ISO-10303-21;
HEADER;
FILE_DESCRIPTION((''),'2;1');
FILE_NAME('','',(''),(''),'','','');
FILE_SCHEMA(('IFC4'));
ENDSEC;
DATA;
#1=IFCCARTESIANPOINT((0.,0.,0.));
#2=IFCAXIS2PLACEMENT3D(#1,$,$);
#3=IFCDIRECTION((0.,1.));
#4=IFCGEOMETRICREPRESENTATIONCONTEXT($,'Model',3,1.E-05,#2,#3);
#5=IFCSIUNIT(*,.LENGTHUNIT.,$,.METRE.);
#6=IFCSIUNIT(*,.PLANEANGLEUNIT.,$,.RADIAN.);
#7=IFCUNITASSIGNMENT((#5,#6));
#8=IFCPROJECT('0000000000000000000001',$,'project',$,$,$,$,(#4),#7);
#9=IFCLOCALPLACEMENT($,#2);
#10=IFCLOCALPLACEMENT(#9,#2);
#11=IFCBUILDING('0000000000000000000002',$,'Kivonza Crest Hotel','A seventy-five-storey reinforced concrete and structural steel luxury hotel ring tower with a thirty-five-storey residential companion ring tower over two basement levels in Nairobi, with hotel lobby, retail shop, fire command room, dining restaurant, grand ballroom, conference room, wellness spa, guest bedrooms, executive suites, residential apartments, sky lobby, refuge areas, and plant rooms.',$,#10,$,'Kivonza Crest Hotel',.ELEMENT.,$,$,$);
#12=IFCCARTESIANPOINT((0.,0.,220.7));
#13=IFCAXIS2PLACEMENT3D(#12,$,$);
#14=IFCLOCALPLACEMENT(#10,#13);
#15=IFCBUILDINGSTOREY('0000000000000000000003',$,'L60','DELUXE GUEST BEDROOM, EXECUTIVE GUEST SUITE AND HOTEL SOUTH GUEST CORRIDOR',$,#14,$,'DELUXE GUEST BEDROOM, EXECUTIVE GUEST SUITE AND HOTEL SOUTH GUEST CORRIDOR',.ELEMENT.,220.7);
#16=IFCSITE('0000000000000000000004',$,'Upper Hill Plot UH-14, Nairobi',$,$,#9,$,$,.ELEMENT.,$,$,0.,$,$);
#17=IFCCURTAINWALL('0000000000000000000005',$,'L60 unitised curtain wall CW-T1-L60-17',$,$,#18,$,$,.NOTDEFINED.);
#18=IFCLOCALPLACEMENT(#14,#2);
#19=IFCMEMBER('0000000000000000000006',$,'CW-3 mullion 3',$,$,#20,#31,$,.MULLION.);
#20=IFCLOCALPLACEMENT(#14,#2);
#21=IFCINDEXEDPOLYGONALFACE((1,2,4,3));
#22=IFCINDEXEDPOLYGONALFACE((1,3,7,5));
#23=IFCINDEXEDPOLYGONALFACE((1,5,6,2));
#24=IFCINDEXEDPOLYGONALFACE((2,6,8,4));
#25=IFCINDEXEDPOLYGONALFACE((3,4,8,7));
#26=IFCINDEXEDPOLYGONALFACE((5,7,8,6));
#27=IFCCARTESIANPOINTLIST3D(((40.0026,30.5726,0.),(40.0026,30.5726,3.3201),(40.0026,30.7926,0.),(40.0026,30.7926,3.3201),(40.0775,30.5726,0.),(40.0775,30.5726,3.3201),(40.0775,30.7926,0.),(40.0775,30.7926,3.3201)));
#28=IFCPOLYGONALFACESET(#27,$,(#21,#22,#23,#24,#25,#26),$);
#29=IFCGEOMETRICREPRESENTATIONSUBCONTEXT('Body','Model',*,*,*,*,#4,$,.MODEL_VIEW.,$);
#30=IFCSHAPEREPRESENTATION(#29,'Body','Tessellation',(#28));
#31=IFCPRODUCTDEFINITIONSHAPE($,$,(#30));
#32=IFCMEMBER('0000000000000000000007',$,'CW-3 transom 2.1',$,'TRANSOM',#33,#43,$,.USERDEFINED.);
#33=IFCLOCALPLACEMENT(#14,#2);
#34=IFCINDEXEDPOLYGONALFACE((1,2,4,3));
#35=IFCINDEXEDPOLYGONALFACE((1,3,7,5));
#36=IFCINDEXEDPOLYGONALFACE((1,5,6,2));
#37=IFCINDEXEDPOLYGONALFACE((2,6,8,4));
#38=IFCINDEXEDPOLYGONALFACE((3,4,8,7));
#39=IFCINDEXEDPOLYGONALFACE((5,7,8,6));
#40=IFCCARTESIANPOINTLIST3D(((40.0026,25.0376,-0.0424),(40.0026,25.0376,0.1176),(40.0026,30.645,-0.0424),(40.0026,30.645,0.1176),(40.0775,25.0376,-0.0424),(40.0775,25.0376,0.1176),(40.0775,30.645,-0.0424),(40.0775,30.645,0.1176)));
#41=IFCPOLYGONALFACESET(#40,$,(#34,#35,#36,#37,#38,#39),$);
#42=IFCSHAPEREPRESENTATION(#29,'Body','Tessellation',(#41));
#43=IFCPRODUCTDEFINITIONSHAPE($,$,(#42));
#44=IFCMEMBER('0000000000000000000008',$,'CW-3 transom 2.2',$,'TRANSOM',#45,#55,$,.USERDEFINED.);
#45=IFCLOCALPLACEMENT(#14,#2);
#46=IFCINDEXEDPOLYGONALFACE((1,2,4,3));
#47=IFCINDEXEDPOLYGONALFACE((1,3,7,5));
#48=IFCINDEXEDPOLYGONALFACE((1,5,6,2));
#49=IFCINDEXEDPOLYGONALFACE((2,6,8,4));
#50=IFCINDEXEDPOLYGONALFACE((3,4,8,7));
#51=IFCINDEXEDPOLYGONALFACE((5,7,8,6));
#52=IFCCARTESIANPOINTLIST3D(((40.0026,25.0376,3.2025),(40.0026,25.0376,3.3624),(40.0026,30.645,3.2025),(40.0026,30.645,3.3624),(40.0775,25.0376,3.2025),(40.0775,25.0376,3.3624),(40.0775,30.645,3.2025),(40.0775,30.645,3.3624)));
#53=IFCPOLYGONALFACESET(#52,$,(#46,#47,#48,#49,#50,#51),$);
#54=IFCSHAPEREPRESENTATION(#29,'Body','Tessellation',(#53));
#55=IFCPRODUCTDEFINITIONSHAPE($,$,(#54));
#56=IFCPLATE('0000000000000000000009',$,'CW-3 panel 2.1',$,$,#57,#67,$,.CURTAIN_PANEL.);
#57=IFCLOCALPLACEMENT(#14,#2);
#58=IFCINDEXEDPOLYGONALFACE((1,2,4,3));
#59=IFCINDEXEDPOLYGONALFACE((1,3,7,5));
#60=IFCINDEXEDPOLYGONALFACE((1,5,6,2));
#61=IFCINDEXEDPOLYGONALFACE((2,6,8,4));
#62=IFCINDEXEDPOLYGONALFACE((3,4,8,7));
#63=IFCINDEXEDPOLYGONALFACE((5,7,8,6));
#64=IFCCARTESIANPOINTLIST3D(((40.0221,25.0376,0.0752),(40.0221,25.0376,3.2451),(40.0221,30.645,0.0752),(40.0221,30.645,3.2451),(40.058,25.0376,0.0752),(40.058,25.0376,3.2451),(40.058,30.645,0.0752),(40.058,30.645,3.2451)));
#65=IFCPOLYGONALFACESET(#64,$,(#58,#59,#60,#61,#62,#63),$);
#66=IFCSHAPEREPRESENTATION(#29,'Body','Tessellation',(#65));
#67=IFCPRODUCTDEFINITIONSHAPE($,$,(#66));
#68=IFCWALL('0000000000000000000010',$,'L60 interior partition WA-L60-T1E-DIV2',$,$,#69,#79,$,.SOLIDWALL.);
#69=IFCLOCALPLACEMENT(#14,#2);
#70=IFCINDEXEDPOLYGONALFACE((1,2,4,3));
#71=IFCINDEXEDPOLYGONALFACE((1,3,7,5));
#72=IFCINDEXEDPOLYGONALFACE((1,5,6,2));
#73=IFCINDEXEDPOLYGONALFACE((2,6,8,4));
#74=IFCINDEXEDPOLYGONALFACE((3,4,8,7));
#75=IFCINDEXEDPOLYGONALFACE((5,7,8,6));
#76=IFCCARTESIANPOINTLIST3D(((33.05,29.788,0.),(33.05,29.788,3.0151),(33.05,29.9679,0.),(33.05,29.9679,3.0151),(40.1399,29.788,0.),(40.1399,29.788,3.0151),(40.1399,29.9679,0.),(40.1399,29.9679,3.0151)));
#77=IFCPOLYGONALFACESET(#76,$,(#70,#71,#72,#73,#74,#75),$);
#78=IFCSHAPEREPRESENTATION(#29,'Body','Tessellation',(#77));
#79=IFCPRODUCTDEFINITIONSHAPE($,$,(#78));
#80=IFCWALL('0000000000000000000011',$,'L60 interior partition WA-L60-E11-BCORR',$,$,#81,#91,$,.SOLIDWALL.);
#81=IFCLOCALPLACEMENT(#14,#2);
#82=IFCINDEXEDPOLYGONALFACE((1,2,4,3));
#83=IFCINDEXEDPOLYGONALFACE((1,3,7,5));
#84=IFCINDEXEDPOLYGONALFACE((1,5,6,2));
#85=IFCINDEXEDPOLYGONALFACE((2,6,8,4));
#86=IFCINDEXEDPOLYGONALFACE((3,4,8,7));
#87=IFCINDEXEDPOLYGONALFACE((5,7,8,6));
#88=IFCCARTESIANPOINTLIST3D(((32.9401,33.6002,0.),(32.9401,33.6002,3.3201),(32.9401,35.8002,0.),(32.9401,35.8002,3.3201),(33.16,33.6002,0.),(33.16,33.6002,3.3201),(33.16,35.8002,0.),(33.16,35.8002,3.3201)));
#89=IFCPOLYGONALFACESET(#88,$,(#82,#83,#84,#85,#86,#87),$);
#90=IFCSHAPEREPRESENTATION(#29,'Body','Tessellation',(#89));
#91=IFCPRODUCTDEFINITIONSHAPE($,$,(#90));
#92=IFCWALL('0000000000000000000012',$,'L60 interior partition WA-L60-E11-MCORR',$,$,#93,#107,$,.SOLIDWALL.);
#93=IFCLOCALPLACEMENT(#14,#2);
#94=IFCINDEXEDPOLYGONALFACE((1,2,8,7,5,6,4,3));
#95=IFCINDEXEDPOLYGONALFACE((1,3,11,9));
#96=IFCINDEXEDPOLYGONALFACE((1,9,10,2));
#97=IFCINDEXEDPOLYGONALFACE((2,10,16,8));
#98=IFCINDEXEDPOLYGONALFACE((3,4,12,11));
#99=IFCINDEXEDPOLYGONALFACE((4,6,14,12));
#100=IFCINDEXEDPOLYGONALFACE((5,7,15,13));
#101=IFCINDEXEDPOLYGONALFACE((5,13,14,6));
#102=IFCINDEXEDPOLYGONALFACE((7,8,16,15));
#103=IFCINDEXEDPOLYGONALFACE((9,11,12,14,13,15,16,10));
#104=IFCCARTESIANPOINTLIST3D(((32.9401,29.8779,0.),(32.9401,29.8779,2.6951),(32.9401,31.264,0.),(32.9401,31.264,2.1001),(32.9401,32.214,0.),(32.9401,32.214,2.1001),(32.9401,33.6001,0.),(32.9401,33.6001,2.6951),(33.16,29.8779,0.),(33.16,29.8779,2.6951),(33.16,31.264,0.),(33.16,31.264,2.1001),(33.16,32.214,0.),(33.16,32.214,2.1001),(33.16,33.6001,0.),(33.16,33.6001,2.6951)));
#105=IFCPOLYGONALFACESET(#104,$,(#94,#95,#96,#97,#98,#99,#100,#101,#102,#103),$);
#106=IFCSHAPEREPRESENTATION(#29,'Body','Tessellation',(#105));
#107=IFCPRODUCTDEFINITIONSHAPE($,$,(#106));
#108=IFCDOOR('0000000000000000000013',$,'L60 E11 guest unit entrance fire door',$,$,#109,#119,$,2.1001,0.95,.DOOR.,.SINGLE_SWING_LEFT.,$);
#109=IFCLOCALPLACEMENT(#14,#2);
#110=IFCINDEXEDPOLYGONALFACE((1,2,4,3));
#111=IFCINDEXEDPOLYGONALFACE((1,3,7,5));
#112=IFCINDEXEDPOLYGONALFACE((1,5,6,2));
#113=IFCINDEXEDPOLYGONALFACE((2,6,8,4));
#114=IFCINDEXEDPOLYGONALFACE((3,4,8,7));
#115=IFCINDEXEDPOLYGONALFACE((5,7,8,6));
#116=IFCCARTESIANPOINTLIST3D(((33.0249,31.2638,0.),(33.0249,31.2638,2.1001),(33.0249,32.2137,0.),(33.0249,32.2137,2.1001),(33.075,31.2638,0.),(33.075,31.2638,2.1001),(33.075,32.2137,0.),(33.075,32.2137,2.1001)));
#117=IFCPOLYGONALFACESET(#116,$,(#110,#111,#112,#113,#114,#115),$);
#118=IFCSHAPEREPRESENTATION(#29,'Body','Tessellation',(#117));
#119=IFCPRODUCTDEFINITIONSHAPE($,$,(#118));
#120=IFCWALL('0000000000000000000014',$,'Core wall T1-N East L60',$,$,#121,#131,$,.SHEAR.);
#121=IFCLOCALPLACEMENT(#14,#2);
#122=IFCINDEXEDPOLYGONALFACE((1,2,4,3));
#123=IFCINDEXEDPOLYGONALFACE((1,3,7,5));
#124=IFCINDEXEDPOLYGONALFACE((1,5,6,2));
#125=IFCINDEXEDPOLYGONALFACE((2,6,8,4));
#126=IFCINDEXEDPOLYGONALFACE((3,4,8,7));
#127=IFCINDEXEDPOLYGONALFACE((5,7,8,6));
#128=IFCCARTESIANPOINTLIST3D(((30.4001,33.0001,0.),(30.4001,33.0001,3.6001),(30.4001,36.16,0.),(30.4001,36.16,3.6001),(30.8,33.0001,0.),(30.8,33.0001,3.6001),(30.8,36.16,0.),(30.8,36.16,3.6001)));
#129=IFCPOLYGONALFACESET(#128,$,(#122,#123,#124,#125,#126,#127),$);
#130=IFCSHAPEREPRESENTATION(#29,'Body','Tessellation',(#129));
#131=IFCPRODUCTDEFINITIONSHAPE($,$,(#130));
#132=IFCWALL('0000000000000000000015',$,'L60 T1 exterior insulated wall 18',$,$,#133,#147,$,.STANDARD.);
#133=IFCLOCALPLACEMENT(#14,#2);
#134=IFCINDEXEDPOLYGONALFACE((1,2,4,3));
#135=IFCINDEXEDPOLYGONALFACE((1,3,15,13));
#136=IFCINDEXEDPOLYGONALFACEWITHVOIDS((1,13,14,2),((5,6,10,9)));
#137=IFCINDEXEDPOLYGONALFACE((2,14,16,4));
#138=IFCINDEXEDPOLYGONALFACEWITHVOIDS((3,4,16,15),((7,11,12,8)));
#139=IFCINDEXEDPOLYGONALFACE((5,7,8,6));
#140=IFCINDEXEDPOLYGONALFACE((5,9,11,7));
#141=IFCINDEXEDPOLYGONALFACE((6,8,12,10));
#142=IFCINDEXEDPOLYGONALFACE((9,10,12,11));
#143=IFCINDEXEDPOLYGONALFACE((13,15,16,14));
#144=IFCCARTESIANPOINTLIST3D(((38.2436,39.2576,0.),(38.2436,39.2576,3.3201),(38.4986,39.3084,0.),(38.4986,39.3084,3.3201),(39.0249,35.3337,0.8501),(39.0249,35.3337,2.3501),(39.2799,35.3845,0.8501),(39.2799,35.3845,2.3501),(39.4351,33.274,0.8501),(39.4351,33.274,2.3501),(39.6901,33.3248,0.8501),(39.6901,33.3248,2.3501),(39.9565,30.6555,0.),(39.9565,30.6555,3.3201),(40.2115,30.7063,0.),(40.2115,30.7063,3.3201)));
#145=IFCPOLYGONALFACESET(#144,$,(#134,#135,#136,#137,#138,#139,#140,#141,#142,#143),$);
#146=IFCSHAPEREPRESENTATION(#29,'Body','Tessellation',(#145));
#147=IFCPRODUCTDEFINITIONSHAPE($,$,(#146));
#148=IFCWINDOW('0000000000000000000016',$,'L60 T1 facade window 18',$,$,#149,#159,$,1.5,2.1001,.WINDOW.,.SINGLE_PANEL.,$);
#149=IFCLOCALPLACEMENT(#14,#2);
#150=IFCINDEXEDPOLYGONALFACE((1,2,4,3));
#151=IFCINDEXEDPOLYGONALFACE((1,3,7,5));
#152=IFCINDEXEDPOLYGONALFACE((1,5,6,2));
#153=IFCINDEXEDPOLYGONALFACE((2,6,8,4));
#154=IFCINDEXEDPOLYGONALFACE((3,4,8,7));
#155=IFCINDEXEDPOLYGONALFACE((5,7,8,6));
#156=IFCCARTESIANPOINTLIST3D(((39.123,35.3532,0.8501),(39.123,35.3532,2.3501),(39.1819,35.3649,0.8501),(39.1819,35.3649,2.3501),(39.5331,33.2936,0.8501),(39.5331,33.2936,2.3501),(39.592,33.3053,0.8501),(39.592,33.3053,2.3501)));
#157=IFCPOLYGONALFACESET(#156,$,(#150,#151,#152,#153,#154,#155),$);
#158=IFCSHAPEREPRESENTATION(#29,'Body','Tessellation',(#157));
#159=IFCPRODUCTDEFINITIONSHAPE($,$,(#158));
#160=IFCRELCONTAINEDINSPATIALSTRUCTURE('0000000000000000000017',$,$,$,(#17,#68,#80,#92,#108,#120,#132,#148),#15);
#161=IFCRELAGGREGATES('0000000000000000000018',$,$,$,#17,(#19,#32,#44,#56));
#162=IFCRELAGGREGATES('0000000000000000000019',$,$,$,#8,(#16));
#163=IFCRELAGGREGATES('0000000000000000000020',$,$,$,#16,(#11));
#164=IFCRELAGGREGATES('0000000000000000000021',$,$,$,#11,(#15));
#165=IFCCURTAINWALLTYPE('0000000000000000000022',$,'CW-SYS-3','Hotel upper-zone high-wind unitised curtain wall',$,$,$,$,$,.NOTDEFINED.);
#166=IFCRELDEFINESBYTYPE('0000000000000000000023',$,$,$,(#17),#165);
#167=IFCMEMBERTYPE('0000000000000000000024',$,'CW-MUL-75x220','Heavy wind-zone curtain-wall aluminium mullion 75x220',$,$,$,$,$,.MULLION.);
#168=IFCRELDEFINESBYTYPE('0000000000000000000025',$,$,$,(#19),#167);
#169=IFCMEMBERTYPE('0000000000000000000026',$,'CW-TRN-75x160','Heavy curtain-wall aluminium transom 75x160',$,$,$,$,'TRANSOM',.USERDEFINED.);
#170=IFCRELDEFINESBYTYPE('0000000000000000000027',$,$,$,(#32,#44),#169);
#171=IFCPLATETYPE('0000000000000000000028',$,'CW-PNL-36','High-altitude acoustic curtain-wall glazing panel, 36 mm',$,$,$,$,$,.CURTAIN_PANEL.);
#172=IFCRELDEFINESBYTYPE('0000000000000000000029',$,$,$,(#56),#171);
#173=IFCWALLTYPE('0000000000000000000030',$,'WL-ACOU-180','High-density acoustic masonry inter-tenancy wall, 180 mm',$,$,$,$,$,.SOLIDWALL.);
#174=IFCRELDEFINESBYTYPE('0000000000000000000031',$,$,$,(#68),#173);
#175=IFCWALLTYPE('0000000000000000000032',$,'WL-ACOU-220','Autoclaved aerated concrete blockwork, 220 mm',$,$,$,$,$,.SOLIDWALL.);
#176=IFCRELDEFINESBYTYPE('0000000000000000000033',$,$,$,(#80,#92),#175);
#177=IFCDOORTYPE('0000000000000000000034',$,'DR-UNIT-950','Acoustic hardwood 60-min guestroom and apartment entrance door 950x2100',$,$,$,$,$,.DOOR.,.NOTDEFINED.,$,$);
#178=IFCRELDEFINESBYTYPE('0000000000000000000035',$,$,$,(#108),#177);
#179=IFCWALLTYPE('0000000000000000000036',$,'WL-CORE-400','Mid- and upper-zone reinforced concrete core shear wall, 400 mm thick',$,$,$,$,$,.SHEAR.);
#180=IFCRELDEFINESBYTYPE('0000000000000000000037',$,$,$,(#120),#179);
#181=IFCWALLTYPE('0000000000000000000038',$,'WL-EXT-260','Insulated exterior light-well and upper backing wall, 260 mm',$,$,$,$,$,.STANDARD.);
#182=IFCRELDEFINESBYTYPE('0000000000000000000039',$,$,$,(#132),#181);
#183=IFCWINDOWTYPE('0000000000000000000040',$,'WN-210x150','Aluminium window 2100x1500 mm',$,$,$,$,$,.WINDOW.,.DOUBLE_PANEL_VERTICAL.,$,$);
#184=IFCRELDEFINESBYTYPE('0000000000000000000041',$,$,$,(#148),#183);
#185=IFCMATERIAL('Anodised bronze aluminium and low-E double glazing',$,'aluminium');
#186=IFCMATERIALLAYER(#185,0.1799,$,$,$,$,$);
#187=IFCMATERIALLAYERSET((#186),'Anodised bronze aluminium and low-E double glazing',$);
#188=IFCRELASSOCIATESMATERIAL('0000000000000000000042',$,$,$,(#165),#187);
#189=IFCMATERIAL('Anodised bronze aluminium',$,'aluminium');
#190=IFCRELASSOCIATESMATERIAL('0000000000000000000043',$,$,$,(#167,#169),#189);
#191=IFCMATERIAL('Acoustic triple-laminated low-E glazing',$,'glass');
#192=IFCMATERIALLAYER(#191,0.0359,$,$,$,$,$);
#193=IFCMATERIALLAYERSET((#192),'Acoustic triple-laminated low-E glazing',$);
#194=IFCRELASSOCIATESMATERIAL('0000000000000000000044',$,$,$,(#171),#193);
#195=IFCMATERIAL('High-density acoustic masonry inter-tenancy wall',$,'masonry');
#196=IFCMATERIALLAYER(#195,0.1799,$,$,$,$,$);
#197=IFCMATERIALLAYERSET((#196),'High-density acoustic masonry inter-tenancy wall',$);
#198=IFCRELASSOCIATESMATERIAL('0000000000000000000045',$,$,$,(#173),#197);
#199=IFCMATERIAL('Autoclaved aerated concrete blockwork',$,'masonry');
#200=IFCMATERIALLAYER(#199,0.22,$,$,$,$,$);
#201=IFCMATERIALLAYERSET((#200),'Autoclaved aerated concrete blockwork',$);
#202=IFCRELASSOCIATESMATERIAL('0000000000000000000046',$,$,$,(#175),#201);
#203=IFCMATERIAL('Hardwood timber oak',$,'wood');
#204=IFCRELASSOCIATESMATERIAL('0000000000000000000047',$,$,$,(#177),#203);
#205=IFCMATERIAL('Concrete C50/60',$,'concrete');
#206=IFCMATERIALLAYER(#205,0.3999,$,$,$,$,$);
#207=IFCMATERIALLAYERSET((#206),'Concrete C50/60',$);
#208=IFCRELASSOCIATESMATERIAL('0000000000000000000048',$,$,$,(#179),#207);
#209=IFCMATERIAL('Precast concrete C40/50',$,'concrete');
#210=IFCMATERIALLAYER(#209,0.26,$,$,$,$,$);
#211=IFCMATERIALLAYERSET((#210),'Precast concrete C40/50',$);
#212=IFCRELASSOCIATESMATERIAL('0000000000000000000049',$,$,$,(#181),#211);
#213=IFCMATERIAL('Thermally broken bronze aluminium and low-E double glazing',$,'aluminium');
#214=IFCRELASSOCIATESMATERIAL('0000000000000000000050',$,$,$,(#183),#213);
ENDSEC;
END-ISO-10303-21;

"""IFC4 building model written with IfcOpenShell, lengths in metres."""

from ifc_helpers import new_model, si_unit, direction, frame, frame_2d, origin, origin_2d, place, context, subcontext, project, spatial, rectangle, extrude, material, layer, layer_set, material_profile, profile_set, type_object, element, fill, aggregate, save


model = new_model("IFC4")

# Units and contexts
model_context = context("Model", 3, precision=1e-05, world=origin(), true_north=direction((0.0, 1.0)))
body_context = subcontext(model_context, "Body", "Model", "MODEL_VIEW")
ifc_project = project(units=[si_unit("LENGTHUNIT", "METRE"), si_unit("PLANEANGLEUNIT", "RADIAN")], contexts=[model_context])

# Site, building, storey
site_placement = place(None, origin())
site = spatial("IfcSite", under=ifc_project, at=site_placement, Name="Upper Hill Plot UH-14, Nairobi", CompositionType="ELEMENT", RefElevation=0.0)
building_placement = place(site_placement, origin())
building = spatial("IfcBuilding", under=site, at=building_placement, Name="Kivonza Crest Hotel", Description="A seventy-five-storey reinforced concrete and structural steel luxury hotel ring tower with a thirty-five-storey residential companion ring tower over two basement levels in Nairobi, with hotel lobby, retail shop, fire command room, dining restaurant, grand ballroom, conference room, wellness spa, guest bedrooms, executive suites, residential apartments, sky lobby, refuge areas, and plant rooms.", LongName="Kivonza Crest Hotel", CompositionType="ELEMENT")
storey_placement = place(building_placement, frame((0.0, 0.0, 220.7)))
storey = spatial("IfcBuildingStorey", under=building, at=storey_placement, Name="L60", Description="DELUXE GUEST BEDROOM, EXECUTIVE GUEST SUITE AND HOTEL SOUTH GUEST CORRIDOR", LongName="DELUXE GUEST BEDROOM, EXECUTIVE GUEST SUITE AND HOTEL SOUTH GUEST CORRIDOR", CompositionType="ELEMENT", Elevation=220.7)

# Shared definitions
ifc_material_1 = material(Name="Concrete C50/60", Category="concrete")

# Curtain wall, members, plate
ifc_material_2 = material(Name="Anodised bronze aluminium and low-E double glazing", Category="aluminium")
ifc_layer_1 = layer(ifc_material_2, 0.1799)
ifc_layer_set_1 = layer_set([ifc_layer_1], Name="Anodised bronze aluminium and low-E double glazing")
curtain_wall_type = type_object("IfcCurtainWallType", Name="CW-SYS-3", Description="Hotel upper-zone high-wind unitised curtain wall", PredefinedType="NOTDEFINED", material=ifc_layer_set_1)
curtain_wall_placement = place(storey_placement, origin())
curtain_wall = element("IfcCurtainWall", 1, at=curtain_wall_placement, inside=storey, type_object=curtain_wall_type, Name="L60 unitised curtain wall CW-T1-L60-17", PredefinedType="NOTDEFINED")
ifc_material_3 = material(Name="Anodised bronze aluminium", Category="aluminium")
ifc_material_profile_1 = material_profile(ifc_material_3, rectangle(XDim=0.075, YDim=0.22, at=origin_2d()), Name="CW-M 75x220")
ifc_profile_set_1 = profile_set([ifc_material_profile_1], Name="Anodised bronze aluminium")
member_type_1 = type_object("IfcMemberType", Name="CW-MUL-75x220", Description="Heavy wind-zone curtain-wall aluminium mullion 75x220", PredefinedType="MULLION", material=ifc_profile_set_1)
member_1_placement = place(storey_placement, frame((40.04, 30.6826, 0.0), z_axis=(0.0, 0.0, 1.0), x_axis=(-1.0, 0.0, 0.0)))
member_1 = element("IfcMember", 2, at=member_1_placement, type_object=member_type_1, Name="CW-3 mullion 3", PredefinedType="MULLION", context=body_context, shape_type="SweptSolid", body=[
    extrude(rectangle(XDim=0.075, YDim=0.22, at=origin_2d()), origin(), (0.0, 0.0, 1.0), 3.3201),
])
ifc_material_profile_2 = material_profile(ifc_material_3, rectangle(XDim=0.075, YDim=0.1599, at=origin_2d()), Name="CW-T 75x160")
ifc_profile_set_2 = profile_set([ifc_material_profile_2], Name="Anodised bronze aluminium")
member_type_2 = type_object("IfcMemberType", Name="CW-TRN-75x160", Description="Heavy curtain-wall aluminium transom 75x160", ElementType="TRANSOM", PredefinedType="USERDEFINED", material=ifc_profile_set_2)
member_2_placement = place(storey_placement, frame((40.04, 25.0376, 0.0376), z_axis=(0.0, 1.0, 0.0), x_axis=(-1.0, 0.0, 0.0)))
member_2 = element("IfcMember", 3, at=member_2_placement, type_object=member_type_2, Name="CW-3 transom 2.1", ObjectType="TRANSOM", PredefinedType="USERDEFINED", context=body_context, shape_type="SweptSolid", body=[
    extrude(rectangle(XDim=0.075, YDim=0.1599, at=origin_2d()), origin(), (0.0, 0.0, 1.0), 5.6074),
])
member_3_placement = place(storey_placement, frame((40.04, 25.0376, 3.2825), z_axis=(0.0, 1.0, 0.0), x_axis=(-1.0, 0.0, 0.0)))
member_3 = element("IfcMember", 4, at=member_3_placement, type_object=member_type_2, Name="CW-3 transom 2.2", ObjectType="TRANSOM", PredefinedType="USERDEFINED", context=body_context, shape_type="SweptSolid", body=[
    extrude(rectangle(XDim=0.075, YDim=0.1599, at=origin_2d()), origin(), (0.0, 0.0, 1.0), 5.6074),
])
ifc_material_4 = material(Name="Acoustic triple-laminated low-E glazing", Category="glass")
ifc_layer_2 = layer(ifc_material_4, 0.0359)
ifc_layer_set_2 = layer_set([ifc_layer_2], Name="Acoustic triple-laminated low-E glazing")
plate_type = type_object("IfcPlateType", Name="CW-PNL-36", Description="High-altitude acoustic curtain-wall glazing panel, 36 mm", PredefinedType="CURTAIN_PANEL", material=ifc_layer_set_2)
plate_placement = place(storey_placement, frame((40.04, 27.8413, 0.0752), z_axis=(0.0, 0.0, 1.0), x_axis=(0.0, 1.0, 0.0)))
plate = element("IfcPlate", 5, at=plate_placement, type_object=plate_type, Name="CW-3 panel 2.1", PredefinedType="CURTAIN_PANEL", context=body_context, shape_type="SweptSolid", body=[
    extrude(rectangle(XDim=5.6074, YDim=0.0359, at=origin_2d()), origin(), (0.0, 0.0, 1.0), 3.1699),
])
aggregate(curtain_wall, [member_1, member_2, member_3, plate])

# Walls
ifc_material_5 = material(Name="High-density acoustic masonry inter-tenancy wall", Category="masonry")
ifc_layer_3 = layer(ifc_material_5, 0.1799)
ifc_layer_set_3 = layer_set([ifc_layer_3], Name="High-density acoustic masonry inter-tenancy wall")
wall_type_1 = type_object("IfcWallType", Name="WL-ACOU-180", Description="High-density acoustic masonry inter-tenancy wall, 180 mm", PredefinedType="SOLIDWALL", material=ifc_layer_set_3)
wall_1_placement = place(storey_placement, frame((33.05, 29.8779, 0.0), z_axis=(0.0, 0.0, 1.0), x_axis=(1.0, 0.0, 0.0)))
element("IfcWall", 6, at=wall_1_placement, inside=storey, type_object=wall_type_1, Name="L60 interior partition WA-L60-T1E-DIV2", PredefinedType="SOLIDWALL", context=body_context, shape_type="SweptSolid", body=[
    extrude(rectangle(XDim=7.0898, YDim=0.1799, at=frame_2d((3.5449, 0.0))), origin(), (0.0, 0.0, 1.0), 3.0151),
])
ifc_material_6 = material(Name="Autoclaved aerated concrete blockwork", Category="masonry")
ifc_layer_4 = layer(ifc_material_6, 0.22)
ifc_layer_set_4 = layer_set([ifc_layer_4], Name="Autoclaved aerated concrete blockwork")
wall_type_2 = type_object("IfcWallType", Name="WL-ACOU-220", Description="Autoclaved aerated concrete blockwork, 220 mm", PredefinedType="SOLIDWALL", material=ifc_layer_set_4)
wall_2_placement = place(storey_placement, frame((33.05, 33.6001, 0.0), z_axis=(0.0, 0.0, 1.0), x_axis=(0.0, 1.0, 0.0)))
element("IfcWall", 7, at=wall_2_placement, inside=storey, type_object=wall_type_2, Name="L60 interior partition WA-L60-E11-BCORR", PredefinedType="SOLIDWALL", context=body_context, shape_type="SweptSolid", body=[
    extrude(rectangle(XDim=2.2, YDim=0.22, at=frame_2d((1.1001, 0.0))), origin(), (0.0, 0.0, 1.0), 3.3201),
])

# Wall, opening, door
wall_3_placement = place(storey_placement, frame((33.05, 29.8779, 0.0), z_axis=(0.0, 0.0, 1.0), x_axis=(0.0, 1.0, 0.0)))
wall_3 = element("IfcWall", 8, at=wall_3_placement, inside=storey, type_object=wall_type_2, Name="L60 interior partition WA-L60-E11-MCORR", PredefinedType="SOLIDWALL", context=body_context, shape_type="SweptSolid", body=[
    extrude(rectangle(XDim=3.7222, YDim=0.22, at=frame_2d((1.8611, 0.0))), origin(), (0.0, 0.0, 1.0), 2.6951),
])
opening_1_placement = place(wall_3_placement, frame((1.386, 0.0, 0.0)))
opening_1 = element("IfcOpeningElement", 9, at=opening_1_placement, cuts=wall_3, PredefinedType="OPENING", context=body_context, shape_type="SweptSolid", body=[
    extrude(rectangle(XDim=0.95, YDim=2.1001, at=frame_2d((0.4751, 1.05))), frame((0.0, 0.1201, 0.0), z_axis=(0.0, -1.0, 0.0), x_axis=(1.0, 0.0, 0.0)), (0.0, 0.0, 1.0), 0.24),
])
ifc_material_7 = material(Name="Hardwood timber oak", Category="wood")
door_type_1 = type_object("IfcDoorType", Name="DR-UNIT-950", Description="Acoustic hardwood 60-min guestroom and apartment entrance door 950x2100", OperationType="NOTDEFINED", PredefinedType="DOOR", material=ifc_material_7)
door_1_placement = place(opening_1_placement, frame((0.95, 0.0, 0.0), z_axis=(0.0, 0.0, 1.0), x_axis=(-1.0, 0.0, 0.0)))
door_1 = element("IfcDoor", 10, at=door_1_placement, inside=storey, type_object=door_type_1, Name="L60 E11 guest unit entrance fire door", OperationType="SINGLE_SWING_LEFT", OverallHeight=2.1001, OverallWidth=0.95, PredefinedType="DOOR", context=body_context, shape_type="SweptSolid", body=[
    extrude(rectangle(XDim=0.95, YDim=2.1001, at=frame_2d((0.4751, 1.05))), frame((0.0, 0.0249, 0.0), z_axis=(0.0, -1.0, 0.0), x_axis=(1.0, 0.0, 0.0)), (0.0, 0.0, 1.0), 0.05),
])
fill(opening_1, door_1)

# Wall
ifc_layer_5 = layer(ifc_material_1, 0.3999)
ifc_layer_set_5 = layer_set([ifc_layer_5], Name="Concrete C50/60")
wall_type_3 = type_object("IfcWallType", Name="WL-CORE-400", Description="Mid- and upper-zone reinforced concrete core shear wall, 400 mm thick", PredefinedType="SHEAR", material=ifc_layer_set_5)
wall_4_placement = place(storey_placement, frame((30.6001, 33.0, 0.0), z_axis=(0.0, 0.0, 1.0), x_axis=(0.0, 1.0, 0.0)))
element("IfcWall", 11, at=wall_4_placement, inside=storey, type_object=wall_type_3, Name="Core wall T1-N East L60", PredefinedType="SHEAR", context=body_context, shape_type="SweptSolid", body=[
    extrude(rectangle(XDim=3.1599, YDim=0.3999, at=frame_2d((1.5801, 0.0))), origin(), (0.0, 0.0, 1.0), 3.6001),
])

# Wall, opening, window
ifc_material_8 = material(Name="Precast concrete C40/50", Category="concrete")
ifc_layer_6 = layer(ifc_material_8, 0.26)
ifc_layer_set_6 = layer_set([ifc_layer_6], Name="Precast concrete C40/50")
wall_type_4 = type_object("IfcWallType", Name="WL-EXT-260", Description="Insulated exterior light-well and upper backing wall, 260 mm", PredefinedType="STANDARD", material=ifc_layer_set_6)
wall_5_placement = place(storey_placement, frame((40.084, 30.6809, 0.0), z_axis=(0.0, 0.0, 1.0), x_axis=(-0.195292, 0.980745, 0.0)))
wall_5 = element("IfcWall", 12, at=wall_5_placement, inside=storey, type_object=wall_type_4, Name="L60 T1 exterior insulated wall 18", PredefinedType="STANDARD", context=body_context, shape_type="SweptSolid", body=[
    extrude(rectangle(XDim=8.771, YDim=0.26, at=frame_2d((4.3855, 0.0))), origin(), (0.0, 0.0, 1.0), 3.3201),
])
opening_2_placement = place(wall_5_placement, frame((2.6699, 0.0, 0.8501)))
opening_2 = element("IfcOpeningElement", 13, at=opening_2_placement, cuts=wall_5, PredefinedType="OPENING", context=body_context, shape_type="SweptSolid", body=[
    extrude(rectangle(XDim=2.1001, YDim=1.5, at=frame_2d((1.05, 0.75))), frame((0.0, 0.1401, 0.0), z_axis=(0.0, -1.0, 0.0), x_axis=(1.0, 0.0, 0.0)), (0.0, 0.0, 1.0), 0.28),
])
ifc_material_9 = material(Name="Thermally broken bronze aluminium and low-E double glazing", Category="aluminium")
window_type = type_object("IfcWindowType", Name="WN-210x150", Description="Aluminium window 2100x1500 mm", PartitioningType="DOUBLE_PANEL_VERTICAL", PredefinedType="WINDOW", material=ifc_material_9)
window_placement = place(opening_2_placement, origin())
window = element("IfcWindow", 14, at=window_placement, inside=storey, type_object=window_type, Name="L60 T1 facade window 18", OverallHeight=1.5, OverallWidth=2.1001, PartitioningType="SINGLE_PANEL", PredefinedType="WINDOW", context=body_context, shape_type="SweptSolid", body=[
    extrude(rectangle(XDim=2.1001, YDim=1.5, at=frame_2d((1.05, 0.75))), frame((0.0, 0.03, 0.0), z_axis=(0.0, -1.0, 0.0), x_axis=(1.0, 0.0, 0.0)), (0.0, 0.0, 1.0), 0.0601),
])
fill(opening_2, window)

save(model, "model.ifc")
